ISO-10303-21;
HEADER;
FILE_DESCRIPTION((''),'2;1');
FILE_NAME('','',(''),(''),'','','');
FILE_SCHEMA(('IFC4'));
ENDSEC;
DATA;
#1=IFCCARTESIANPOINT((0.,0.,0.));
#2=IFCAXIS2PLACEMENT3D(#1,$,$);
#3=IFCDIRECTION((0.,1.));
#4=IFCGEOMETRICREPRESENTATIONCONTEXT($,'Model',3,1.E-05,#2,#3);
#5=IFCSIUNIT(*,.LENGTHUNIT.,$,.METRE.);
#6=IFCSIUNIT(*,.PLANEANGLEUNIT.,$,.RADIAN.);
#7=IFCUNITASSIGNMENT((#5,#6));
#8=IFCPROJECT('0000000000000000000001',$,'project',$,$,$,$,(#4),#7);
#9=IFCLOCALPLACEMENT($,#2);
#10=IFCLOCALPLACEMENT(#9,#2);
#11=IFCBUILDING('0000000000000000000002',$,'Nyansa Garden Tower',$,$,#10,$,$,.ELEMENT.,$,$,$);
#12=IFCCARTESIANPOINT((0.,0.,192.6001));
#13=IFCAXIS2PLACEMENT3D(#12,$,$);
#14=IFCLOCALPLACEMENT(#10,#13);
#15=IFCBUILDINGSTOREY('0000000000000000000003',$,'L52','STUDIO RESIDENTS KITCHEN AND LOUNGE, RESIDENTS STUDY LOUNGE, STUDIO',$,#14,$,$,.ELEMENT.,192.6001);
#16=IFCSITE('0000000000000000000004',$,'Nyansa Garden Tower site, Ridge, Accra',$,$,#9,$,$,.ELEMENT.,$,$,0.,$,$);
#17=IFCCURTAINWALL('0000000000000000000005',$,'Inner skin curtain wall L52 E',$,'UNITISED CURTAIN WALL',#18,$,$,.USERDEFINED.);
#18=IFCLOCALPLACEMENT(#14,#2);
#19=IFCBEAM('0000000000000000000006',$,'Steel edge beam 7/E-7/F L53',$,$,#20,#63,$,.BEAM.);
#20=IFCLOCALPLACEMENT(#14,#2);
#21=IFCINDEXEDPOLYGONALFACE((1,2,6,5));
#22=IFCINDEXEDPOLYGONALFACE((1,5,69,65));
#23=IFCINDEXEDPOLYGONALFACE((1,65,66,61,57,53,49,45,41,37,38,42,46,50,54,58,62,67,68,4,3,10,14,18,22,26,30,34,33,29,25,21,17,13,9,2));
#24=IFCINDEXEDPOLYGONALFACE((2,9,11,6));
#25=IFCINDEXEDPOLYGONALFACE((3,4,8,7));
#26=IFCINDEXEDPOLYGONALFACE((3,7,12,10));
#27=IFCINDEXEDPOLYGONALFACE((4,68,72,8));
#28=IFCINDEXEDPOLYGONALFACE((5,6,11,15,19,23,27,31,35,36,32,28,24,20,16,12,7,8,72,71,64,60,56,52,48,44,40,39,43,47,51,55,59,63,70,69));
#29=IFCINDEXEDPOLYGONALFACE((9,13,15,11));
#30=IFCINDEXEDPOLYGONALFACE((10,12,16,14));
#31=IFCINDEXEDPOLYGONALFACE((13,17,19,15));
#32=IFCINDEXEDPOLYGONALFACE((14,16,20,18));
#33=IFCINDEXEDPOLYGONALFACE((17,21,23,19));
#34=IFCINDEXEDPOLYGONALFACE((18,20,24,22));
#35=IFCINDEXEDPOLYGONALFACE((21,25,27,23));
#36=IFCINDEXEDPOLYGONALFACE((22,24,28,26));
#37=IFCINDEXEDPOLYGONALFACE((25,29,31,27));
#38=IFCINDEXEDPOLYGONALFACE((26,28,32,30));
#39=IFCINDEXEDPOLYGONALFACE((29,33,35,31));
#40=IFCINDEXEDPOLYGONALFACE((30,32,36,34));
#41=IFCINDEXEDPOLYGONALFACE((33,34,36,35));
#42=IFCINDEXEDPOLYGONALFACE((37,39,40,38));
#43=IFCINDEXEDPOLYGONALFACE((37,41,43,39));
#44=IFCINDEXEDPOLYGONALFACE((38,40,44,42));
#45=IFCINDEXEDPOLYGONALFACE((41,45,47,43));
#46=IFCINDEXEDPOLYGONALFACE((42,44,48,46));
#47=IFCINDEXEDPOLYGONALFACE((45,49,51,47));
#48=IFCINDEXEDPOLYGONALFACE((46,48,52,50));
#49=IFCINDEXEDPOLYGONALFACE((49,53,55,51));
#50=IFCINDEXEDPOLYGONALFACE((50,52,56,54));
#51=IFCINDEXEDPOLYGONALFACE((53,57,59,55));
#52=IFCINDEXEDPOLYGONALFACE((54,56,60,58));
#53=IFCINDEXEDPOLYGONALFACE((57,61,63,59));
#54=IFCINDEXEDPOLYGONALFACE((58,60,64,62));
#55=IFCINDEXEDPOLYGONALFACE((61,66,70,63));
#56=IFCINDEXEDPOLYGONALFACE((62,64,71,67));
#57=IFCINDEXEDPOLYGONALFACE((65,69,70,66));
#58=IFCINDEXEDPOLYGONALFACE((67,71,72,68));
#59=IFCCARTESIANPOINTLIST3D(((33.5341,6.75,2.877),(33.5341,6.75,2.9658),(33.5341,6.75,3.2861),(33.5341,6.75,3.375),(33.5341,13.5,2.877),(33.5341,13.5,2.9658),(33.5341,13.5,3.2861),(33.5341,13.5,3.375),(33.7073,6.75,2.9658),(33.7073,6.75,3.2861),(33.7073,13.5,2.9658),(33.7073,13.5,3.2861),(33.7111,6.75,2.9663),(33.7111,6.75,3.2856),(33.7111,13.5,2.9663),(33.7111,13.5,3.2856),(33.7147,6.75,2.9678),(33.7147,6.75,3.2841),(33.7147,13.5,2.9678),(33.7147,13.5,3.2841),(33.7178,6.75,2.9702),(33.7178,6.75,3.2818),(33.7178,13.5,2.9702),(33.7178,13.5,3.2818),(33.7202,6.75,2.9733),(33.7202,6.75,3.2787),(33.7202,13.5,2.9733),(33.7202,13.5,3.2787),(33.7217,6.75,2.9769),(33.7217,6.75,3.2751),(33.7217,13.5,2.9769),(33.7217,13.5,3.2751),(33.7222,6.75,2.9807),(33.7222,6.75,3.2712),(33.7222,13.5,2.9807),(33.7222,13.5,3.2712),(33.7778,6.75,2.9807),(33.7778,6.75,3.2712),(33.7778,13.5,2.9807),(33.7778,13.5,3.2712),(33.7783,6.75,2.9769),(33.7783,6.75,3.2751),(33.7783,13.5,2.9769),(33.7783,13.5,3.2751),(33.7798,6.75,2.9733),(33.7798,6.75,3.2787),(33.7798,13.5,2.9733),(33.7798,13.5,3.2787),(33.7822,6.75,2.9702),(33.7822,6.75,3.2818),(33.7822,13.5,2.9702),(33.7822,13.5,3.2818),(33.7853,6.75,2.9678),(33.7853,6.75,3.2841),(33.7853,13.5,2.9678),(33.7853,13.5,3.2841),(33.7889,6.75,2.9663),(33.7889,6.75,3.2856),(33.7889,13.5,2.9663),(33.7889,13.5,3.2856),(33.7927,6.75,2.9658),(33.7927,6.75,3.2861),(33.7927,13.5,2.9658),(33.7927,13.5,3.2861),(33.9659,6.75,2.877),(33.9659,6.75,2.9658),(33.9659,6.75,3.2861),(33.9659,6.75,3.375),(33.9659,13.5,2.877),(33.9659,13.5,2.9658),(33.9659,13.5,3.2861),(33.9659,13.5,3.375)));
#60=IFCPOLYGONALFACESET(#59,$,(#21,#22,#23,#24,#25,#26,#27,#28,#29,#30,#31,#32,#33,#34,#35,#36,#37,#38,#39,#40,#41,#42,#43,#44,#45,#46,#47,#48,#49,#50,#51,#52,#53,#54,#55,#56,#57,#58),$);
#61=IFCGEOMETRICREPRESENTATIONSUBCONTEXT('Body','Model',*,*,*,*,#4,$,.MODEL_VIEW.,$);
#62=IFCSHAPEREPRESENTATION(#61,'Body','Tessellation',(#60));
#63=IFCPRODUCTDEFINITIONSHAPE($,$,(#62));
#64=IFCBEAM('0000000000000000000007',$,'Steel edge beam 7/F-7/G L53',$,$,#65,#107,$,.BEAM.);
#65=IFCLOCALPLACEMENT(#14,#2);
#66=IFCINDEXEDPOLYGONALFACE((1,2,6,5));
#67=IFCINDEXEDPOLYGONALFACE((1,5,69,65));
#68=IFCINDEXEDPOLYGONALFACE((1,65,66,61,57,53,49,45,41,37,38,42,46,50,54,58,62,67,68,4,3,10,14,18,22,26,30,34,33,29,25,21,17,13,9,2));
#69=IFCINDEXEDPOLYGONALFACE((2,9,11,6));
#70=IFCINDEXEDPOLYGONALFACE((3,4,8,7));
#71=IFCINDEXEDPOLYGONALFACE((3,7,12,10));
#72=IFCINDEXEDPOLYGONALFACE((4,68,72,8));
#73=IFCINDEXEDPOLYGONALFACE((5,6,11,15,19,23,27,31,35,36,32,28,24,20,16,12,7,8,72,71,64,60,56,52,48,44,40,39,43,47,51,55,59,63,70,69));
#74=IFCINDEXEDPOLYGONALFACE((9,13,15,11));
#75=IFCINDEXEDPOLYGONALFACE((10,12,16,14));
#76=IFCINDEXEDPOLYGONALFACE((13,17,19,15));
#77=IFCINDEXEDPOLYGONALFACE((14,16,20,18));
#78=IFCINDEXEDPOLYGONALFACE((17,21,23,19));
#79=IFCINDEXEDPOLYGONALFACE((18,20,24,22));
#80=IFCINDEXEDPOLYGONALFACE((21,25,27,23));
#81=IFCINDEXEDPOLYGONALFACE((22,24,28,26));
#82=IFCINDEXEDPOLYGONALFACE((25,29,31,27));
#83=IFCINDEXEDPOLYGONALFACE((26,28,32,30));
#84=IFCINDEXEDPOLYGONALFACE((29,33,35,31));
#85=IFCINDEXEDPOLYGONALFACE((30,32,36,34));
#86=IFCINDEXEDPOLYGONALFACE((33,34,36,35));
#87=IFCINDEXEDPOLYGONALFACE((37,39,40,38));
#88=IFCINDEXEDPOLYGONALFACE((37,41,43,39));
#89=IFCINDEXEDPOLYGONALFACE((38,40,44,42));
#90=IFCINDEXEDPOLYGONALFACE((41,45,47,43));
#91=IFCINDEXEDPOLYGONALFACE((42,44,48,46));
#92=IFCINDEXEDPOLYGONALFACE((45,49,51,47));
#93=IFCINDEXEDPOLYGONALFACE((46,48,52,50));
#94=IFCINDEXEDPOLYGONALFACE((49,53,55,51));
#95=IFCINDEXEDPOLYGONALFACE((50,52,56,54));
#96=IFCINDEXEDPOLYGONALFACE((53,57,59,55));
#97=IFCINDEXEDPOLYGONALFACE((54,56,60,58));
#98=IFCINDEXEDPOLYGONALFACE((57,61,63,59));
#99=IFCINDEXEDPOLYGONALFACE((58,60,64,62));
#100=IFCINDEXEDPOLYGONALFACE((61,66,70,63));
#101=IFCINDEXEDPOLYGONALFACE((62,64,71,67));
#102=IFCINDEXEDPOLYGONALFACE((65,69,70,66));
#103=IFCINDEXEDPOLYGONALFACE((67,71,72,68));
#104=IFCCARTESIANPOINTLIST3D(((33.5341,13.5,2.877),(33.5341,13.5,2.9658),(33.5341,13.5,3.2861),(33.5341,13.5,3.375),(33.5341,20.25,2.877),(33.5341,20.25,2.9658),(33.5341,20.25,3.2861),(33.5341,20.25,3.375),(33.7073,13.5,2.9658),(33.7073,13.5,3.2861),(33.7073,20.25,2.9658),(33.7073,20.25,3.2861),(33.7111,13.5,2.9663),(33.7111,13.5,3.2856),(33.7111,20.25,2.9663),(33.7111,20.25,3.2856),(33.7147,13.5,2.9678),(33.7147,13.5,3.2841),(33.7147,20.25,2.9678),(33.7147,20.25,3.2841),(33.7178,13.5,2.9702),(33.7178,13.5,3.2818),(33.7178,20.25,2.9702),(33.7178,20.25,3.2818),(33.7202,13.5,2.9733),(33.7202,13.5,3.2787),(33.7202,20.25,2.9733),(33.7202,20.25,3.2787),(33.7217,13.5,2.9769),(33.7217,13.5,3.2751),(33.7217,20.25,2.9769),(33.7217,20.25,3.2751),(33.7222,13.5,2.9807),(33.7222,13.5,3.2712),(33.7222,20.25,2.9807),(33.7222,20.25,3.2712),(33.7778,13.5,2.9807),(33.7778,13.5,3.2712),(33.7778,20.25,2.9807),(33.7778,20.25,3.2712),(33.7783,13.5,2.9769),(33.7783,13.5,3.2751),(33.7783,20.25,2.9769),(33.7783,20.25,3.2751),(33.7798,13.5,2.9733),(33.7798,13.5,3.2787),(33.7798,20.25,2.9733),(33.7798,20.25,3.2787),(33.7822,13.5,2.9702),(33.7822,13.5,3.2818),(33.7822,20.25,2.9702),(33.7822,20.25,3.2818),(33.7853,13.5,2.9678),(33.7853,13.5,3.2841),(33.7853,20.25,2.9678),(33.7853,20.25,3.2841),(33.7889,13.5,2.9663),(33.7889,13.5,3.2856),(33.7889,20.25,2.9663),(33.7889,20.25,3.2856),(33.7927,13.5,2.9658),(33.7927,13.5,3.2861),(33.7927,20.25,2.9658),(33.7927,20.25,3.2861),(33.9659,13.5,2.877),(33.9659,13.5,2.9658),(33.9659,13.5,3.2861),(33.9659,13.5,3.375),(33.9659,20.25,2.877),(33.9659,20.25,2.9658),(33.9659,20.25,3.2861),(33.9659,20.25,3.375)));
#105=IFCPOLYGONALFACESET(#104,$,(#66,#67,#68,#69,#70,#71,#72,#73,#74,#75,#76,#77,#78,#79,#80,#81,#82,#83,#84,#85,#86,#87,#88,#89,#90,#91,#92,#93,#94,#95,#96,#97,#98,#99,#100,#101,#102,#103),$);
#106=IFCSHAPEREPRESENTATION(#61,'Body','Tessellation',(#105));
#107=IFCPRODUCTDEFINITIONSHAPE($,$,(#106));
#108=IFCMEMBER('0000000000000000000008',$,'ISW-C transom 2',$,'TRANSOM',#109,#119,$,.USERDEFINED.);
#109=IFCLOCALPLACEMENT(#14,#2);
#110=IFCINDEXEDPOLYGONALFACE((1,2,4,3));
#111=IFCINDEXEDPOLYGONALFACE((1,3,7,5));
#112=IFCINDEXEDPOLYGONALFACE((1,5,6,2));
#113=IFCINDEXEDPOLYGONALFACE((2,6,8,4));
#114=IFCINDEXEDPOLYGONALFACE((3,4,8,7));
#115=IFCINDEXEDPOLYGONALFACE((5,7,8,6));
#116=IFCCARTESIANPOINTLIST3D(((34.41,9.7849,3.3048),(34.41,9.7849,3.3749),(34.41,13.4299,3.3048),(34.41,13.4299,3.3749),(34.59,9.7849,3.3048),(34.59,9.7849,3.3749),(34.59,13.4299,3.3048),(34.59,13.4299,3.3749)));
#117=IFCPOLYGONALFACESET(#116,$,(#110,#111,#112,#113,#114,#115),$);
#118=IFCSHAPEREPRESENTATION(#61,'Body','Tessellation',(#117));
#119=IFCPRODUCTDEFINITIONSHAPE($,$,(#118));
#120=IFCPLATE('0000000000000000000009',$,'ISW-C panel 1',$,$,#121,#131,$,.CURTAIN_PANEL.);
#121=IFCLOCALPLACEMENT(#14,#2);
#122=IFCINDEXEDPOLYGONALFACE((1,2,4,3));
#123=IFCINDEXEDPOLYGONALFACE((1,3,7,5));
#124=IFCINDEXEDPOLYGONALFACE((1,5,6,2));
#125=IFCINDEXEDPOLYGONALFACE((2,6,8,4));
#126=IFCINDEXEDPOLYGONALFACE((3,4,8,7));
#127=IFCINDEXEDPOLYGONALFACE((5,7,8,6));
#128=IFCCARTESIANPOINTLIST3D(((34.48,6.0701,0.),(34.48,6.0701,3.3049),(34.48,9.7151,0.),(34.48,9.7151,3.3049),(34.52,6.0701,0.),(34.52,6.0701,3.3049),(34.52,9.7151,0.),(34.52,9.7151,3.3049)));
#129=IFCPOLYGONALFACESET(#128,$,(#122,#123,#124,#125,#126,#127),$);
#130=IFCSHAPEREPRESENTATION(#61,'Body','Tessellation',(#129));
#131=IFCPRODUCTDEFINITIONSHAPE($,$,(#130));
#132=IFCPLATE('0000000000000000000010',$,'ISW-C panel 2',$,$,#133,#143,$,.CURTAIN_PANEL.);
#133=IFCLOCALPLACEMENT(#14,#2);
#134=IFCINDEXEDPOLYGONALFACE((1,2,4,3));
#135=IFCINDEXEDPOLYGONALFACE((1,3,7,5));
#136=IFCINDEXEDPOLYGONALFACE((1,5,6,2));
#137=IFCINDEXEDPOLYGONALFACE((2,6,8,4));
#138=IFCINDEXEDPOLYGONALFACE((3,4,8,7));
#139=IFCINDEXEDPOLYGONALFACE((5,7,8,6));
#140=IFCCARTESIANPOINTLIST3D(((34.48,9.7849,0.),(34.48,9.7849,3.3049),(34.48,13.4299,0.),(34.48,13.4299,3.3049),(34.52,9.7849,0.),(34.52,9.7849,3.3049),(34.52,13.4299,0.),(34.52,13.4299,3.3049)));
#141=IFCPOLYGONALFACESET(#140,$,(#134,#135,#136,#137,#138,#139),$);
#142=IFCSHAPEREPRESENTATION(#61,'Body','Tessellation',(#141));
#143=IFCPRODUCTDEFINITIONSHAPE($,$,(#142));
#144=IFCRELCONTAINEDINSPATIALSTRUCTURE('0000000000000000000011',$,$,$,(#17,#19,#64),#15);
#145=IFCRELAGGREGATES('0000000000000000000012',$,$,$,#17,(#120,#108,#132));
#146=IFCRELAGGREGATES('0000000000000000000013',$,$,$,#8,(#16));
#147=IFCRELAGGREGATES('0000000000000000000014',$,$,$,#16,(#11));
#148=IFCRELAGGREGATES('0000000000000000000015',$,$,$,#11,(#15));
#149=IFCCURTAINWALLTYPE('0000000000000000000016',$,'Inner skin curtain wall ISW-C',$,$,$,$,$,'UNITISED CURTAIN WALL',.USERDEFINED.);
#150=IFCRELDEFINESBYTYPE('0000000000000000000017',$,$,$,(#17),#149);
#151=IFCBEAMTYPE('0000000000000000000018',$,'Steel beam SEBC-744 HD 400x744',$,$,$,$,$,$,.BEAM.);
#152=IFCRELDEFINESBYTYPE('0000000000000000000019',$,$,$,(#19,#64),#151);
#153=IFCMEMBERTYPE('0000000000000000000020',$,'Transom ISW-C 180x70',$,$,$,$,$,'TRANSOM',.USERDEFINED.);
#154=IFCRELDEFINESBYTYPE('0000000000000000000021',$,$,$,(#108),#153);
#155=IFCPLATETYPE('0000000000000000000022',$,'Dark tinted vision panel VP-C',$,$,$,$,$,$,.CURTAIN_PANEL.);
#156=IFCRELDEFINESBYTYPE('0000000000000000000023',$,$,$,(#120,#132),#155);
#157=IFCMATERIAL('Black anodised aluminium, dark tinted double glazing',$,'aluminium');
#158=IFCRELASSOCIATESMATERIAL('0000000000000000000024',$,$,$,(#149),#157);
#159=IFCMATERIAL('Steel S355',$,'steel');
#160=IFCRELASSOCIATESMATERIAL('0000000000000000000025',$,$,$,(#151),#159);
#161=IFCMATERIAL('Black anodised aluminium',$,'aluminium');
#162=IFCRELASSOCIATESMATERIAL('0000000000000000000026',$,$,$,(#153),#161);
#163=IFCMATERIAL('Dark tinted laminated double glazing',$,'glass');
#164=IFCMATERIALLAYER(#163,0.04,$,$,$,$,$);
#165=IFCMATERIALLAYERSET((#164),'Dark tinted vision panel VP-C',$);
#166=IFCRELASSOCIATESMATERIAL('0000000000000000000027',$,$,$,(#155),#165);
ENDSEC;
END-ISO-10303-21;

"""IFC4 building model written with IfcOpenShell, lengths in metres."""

from ifc_helpers import new_model, si_unit, direction, frame, origin, origin_2d, place, context, subcontext, project, spatial, rectangle, i_section, extrude, material, layer, layer_set, material_profile, profile_set, type_object, element, aggregate, save


model = new_model("IFC4")

# Units and contexts
model_context = context("Model", 3, precision=1e-05, world=origin(), true_north=direction((0.0, 1.0)))
body_context = subcontext(model_context, "Body", "Model", "MODEL_VIEW")
ifc_project = project(units=[si_unit("LENGTHUNIT", "METRE"), si_unit("PLANEANGLEUNIT", "RADIAN")], contexts=[model_context])

# Site, building, storey
site_placement = place(None, origin())
site = spatial("IfcSite", under=ifc_project, at=site_placement, Name="Nyansa Garden Tower site, Ridge, Accra", CompositionType="ELEMENT", RefElevation=0.0)
building_placement = place(site_placement, origin())
building = spatial("IfcBuilding", under=site, at=building_placement, Name="Nyansa Garden Tower", CompositionType="ELEMENT")
storey_placement = place(building_placement, frame((0.0, 0.0, 192.6001)))
storey = spatial("IfcBuildingStorey", under=building, at=storey_placement, Name="L52", Description="STUDIO RESIDENTS KITCHEN AND LOUNGE, RESIDENTS STUDY LOUNGE, STUDIO", CompositionType="ELEMENT", Elevation=192.6001)

# Curtain wall
ifc_material_1 = material(Name="Black anodised aluminium, dark tinted double glazing", Category="aluminium")
curtain_wall_type = type_object("IfcCurtainWallType", Name="Inner skin curtain wall ISW-C", ElementType="UNITISED CURTAIN WALL", PredefinedType="USERDEFINED", material=ifc_material_1)
curtain_wall_placement = place(storey_placement, origin())
curtain_wall = element("IfcCurtainWall", 1, at=curtain_wall_placement, inside=storey, type_object=curtain_wall_type, Name="Inner skin curtain wall L52 E", ObjectType="UNITISED CURTAIN WALL", PredefinedType="USERDEFINED")

# Beams
ifc_material_2 = material(Name="Steel S355", Category="steel")
ifc_material_profile_1 = material_profile(ifc_material_2, i_section(OverallWidth=0.4319, OverallDepth=0.498, WebThickness=0.0557, FlangeThickness=0.0889, FilletRadius=0.0149, at=origin_2d()), Name="HD 400x744")
ifc_profile_set_1 = profile_set([ifc_material_profile_1], Name="Steel S355")
beam_type_1 = type_object("IfcBeamType", Name="Steel beam SEBC-744 HD 400x744", PredefinedType="BEAM", material=ifc_profile_set_1)
for number, where, z_axis, x_axis, name in (
    (2, (33.75, 6.75, 3.126), (0.0, 1.0, 0.0), (-1.0, 0.0, 0.0), "Steel edge beam 7/E-7/F L53"),
    (3, (33.75, 13.5, 3.126), (0.0, 1.0, 0.0), (-1.0, 0.0, 0.0), "Steel edge beam 7/F-7/G L53"),
):
    element("IfcBeam", number, at=place(storey_placement, frame(where, z_axis=z_axis, x_axis=x_axis)), inside=storey, type_object=beam_type_1, Name=name, PredefinedType="BEAM", context=body_context, shape_type="SweptSolid", body=[
        extrude(i_section(OverallWidth=0.4319, OverallDepth=0.498, WebThickness=0.0557, FlangeThickness=0.0889, FilletRadius=0.0149, at=origin_2d()), origin(), (0.0, 0.0, 1.0), 6.75),
    ])

# Member
ifc_material_3 = material(Name="Black anodised aluminium", Category="aluminium")
ifc_material_profile_2 = material_profile(ifc_material_3, rectangle(XDim=0.1799, YDim=0.0701, at=origin_2d()), Name="Transom 180x70")
ifc_profile_set_2 = profile_set([ifc_material_profile_2], Name="Black anodised aluminium")
member_type_1 = type_object("IfcMemberType", Name="Transom ISW-C 180x70", ElementType="TRANSOM", PredefinedType="USERDEFINED", material=ifc_profile_set_2)
member_1_placement = place(storey_placement, frame((34.5, 9.7849, 3.3398), z_axis=(0.0, 1.0, 0.0), x_axis=(-1.0, 0.0, 0.0)))
member_1 = element("IfcMember", 4, at=member_1_placement, type_object=member_type_1, Name="ISW-C transom 2", ObjectType="TRANSOM", PredefinedType="USERDEFINED", context=body_context, shape_type="SweptSolid", body=[
    extrude(rectangle(XDim=0.1799, YDim=0.0701, at=origin_2d()), origin(), (0.0, 0.0, 1.0), 3.645),
])

# Plates
ifc_material_4 = material(Name="Dark tinted laminated double glazing", Category="glass")
ifc_layer_1 = layer(ifc_material_4, 0.04)
ifc_layer_set_1 = layer_set([ifc_layer_1], Name="Dark tinted vision panel VP-C")
plate_type = type_object("IfcPlateType", Name="Dark tinted vision panel VP-C", PredefinedType="CURTAIN_PANEL", material=ifc_layer_set_1)
plate_1_placement = place(storey_placement, frame((34.5, 7.8926, 0.0), z_axis=(0.0, 0.0, 1.0), x_axis=(0.0, 1.0, 0.0)))
plate_1 = element("IfcPlate", 5, at=plate_1_placement, type_object=plate_type, Name="ISW-C panel 1", PredefinedType="CURTAIN_PANEL", context=body_context, shape_type="SweptSolid", body=[
    extrude(rectangle(XDim=3.645, YDim=0.04, at=origin_2d()), origin(), (0.0, 0.0, 1.0), 3.3049),
])
plate_2_placement = place(storey_placement, frame((34.5, 11.6074, 0.0), z_axis=(0.0, 0.0, 1.0), x_axis=(0.0, 1.0, 0.0)))
plate_2 = element("IfcPlate", 6, at=plate_2_placement, type_object=plate_type, Name="ISW-C panel 2", PredefinedType="CURTAIN_PANEL", context=body_context, shape_type="SweptSolid", body=[
    extrude(rectangle(XDim=3.645, YDim=0.04, at=origin_2d()), origin(), (0.0, 0.0, 1.0), 3.3049),
])
aggregate(curtain_wall, [plate_1, member_1, plate_2])

save(model, "model.ifc")
